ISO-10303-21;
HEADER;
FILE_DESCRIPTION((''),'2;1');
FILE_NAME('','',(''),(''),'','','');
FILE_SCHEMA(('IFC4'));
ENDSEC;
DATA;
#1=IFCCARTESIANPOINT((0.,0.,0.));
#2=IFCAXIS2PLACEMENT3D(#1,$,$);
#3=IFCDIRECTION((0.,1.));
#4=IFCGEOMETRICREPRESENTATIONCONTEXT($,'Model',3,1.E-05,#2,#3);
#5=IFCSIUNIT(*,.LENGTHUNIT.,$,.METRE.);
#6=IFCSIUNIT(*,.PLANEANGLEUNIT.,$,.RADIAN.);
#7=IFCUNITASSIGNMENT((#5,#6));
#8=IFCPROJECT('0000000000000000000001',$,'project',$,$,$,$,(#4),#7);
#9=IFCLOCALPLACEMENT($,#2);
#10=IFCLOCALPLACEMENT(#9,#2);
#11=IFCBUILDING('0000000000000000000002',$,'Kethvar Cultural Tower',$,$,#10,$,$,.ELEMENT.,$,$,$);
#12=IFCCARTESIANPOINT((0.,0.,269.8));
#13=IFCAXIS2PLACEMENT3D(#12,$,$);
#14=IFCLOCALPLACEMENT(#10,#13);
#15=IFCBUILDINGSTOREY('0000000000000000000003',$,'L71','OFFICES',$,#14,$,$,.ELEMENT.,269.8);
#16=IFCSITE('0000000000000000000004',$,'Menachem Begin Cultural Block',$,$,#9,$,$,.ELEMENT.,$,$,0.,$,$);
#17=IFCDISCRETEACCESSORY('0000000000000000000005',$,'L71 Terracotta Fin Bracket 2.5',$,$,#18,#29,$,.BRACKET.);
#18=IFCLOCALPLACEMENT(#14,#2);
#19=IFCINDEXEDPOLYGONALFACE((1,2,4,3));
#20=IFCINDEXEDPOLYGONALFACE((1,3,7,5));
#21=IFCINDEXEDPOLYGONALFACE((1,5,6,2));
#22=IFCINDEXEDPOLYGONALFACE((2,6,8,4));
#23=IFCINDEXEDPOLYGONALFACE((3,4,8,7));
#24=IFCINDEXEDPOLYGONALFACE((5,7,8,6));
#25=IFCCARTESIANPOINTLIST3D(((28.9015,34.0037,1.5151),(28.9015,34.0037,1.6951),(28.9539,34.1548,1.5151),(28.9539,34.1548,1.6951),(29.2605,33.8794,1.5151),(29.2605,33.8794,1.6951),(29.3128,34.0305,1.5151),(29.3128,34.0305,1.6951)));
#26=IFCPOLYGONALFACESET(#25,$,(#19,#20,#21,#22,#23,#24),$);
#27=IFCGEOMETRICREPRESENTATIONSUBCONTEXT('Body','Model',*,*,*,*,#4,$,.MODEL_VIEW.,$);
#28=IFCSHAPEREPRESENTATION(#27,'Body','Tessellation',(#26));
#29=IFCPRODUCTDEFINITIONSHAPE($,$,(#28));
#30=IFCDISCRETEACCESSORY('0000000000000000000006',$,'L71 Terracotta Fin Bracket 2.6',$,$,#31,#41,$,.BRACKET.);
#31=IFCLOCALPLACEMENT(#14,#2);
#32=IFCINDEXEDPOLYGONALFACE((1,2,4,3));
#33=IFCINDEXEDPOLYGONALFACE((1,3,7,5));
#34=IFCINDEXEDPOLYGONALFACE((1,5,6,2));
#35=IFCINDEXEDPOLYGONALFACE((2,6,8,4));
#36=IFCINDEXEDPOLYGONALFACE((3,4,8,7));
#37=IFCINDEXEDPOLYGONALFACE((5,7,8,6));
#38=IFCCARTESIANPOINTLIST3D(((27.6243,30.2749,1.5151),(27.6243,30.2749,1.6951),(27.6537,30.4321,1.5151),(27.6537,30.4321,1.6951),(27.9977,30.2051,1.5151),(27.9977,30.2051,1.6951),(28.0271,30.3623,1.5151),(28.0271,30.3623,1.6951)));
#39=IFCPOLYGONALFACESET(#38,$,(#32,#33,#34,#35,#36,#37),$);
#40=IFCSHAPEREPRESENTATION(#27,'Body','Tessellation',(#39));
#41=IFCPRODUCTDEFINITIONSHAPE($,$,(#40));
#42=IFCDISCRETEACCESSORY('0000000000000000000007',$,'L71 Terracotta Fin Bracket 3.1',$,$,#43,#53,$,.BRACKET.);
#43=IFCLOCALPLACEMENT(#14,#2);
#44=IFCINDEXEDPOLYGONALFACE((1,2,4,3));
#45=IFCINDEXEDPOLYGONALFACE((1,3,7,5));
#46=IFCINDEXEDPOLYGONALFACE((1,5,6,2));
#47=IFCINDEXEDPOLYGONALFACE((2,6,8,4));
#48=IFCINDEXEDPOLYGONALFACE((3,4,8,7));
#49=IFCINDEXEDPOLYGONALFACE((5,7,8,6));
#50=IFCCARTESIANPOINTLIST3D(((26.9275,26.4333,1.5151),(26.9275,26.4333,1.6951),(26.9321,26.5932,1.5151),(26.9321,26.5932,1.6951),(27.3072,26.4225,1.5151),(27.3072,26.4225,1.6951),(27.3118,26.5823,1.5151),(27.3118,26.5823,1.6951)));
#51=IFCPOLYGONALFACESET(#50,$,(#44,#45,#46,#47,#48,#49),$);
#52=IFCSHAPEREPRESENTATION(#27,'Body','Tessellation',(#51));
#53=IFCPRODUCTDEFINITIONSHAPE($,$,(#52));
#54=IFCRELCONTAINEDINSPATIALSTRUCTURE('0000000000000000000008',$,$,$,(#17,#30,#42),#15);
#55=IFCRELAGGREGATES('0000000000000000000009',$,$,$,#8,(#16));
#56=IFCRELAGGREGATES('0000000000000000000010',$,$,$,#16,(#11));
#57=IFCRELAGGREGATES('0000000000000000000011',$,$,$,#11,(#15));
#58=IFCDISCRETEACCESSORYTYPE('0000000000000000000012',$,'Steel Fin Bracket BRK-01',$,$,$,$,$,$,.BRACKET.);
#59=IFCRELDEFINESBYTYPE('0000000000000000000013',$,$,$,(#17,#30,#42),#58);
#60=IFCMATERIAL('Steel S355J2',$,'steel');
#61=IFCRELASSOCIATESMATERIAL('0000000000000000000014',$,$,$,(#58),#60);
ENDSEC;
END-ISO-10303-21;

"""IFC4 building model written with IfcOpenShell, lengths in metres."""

from ifc_helpers import new_model, si_unit, direction, frame, origin, origin_2d, place, context, subcontext, project, spatial, rectangle, extrude, source, transform, mapped, material, type_object, element, save


model = new_model("IFC4")

# Units and contexts
model_context = context("Model", 3, precision=1e-05, world=origin(), true_north=direction((0.0, 1.0)))
body_context = subcontext(model_context, "Body", "Model", "MODEL_VIEW")
ifc_project = project(units=[si_unit("LENGTHUNIT", "METRE"), si_unit("PLANEANGLEUNIT", "RADIAN")], contexts=[model_context])

# Site, building, storey
site_placement = place(None, origin())
site = spatial("IfcSite", under=ifc_project, at=site_placement, Name="Menachem Begin Cultural Block", CompositionType="ELEMENT", RefElevation=0.0)
building_placement = place(site_placement, origin())
building = spatial("IfcBuilding", under=site, at=building_placement, Name="Kethvar Cultural Tower", CompositionType="ELEMENT")
storey_placement = place(building_placement, frame((0.0, 0.0, 269.8)))
storey = spatial("IfcBuildingStorey", under=building, at=storey_placement, Name="L71", Description="OFFICES", CompositionType="ELEMENT", Elevation=269.8)

# Shared definitions
ifc_material_1 = material(Name="Steel S355J2", Category="steel")

# Discrete accessories
discrete_accessory_type = type_object("IfcDiscreteAccessoryType", Name="Steel Fin Bracket BRK-01", PredefinedType="BRACKET", material=ifc_material_1)
shared_shape_1 = source(origin(), body_context, "Body", "SweptSolid", [
    extrude(rectangle(XDim=0.3799, YDim=0.1599, at=origin_2d()), origin(), (0.0, 0.0, 1.0), 0.1799),
])
for number, where, z_axis, x_axis, name in (
    (1, (29.1072, 34.0171, 1.5151), (0.0, 0.0, 1.0), (-0.944892, 0.327383, 0.0), "L71 Terracotta Fin Bracket 2.5"),
    (2, (27.8257, 30.3186, 1.5151), (0.0, 0.0, 1.0), (-0.983, 0.183608, 0.0), "L71 Terracotta Fin Bracket 2.6"),
    (3, (27.1196, 26.5078, 1.5151), (0.0, 0.0, 1.0), (-0.99959, 0.028619, 0.0), "L71 Terracotta Fin Bracket 3.1"),
):
    element("IfcDiscreteAccessory", number, at=place(storey_placement, frame(where, z_axis=z_axis, x_axis=x_axis)), inside=storey, type_object=discrete_accessory_type, Name=name, PredefinedType="BRACKET", context=body_context, shape_type="MappedRepresentation", body=[
        mapped(shared_shape_1, transform((0.0, 0.0, 0.0), scale=1.0)),
    ])

save(model, "model.ifc")
